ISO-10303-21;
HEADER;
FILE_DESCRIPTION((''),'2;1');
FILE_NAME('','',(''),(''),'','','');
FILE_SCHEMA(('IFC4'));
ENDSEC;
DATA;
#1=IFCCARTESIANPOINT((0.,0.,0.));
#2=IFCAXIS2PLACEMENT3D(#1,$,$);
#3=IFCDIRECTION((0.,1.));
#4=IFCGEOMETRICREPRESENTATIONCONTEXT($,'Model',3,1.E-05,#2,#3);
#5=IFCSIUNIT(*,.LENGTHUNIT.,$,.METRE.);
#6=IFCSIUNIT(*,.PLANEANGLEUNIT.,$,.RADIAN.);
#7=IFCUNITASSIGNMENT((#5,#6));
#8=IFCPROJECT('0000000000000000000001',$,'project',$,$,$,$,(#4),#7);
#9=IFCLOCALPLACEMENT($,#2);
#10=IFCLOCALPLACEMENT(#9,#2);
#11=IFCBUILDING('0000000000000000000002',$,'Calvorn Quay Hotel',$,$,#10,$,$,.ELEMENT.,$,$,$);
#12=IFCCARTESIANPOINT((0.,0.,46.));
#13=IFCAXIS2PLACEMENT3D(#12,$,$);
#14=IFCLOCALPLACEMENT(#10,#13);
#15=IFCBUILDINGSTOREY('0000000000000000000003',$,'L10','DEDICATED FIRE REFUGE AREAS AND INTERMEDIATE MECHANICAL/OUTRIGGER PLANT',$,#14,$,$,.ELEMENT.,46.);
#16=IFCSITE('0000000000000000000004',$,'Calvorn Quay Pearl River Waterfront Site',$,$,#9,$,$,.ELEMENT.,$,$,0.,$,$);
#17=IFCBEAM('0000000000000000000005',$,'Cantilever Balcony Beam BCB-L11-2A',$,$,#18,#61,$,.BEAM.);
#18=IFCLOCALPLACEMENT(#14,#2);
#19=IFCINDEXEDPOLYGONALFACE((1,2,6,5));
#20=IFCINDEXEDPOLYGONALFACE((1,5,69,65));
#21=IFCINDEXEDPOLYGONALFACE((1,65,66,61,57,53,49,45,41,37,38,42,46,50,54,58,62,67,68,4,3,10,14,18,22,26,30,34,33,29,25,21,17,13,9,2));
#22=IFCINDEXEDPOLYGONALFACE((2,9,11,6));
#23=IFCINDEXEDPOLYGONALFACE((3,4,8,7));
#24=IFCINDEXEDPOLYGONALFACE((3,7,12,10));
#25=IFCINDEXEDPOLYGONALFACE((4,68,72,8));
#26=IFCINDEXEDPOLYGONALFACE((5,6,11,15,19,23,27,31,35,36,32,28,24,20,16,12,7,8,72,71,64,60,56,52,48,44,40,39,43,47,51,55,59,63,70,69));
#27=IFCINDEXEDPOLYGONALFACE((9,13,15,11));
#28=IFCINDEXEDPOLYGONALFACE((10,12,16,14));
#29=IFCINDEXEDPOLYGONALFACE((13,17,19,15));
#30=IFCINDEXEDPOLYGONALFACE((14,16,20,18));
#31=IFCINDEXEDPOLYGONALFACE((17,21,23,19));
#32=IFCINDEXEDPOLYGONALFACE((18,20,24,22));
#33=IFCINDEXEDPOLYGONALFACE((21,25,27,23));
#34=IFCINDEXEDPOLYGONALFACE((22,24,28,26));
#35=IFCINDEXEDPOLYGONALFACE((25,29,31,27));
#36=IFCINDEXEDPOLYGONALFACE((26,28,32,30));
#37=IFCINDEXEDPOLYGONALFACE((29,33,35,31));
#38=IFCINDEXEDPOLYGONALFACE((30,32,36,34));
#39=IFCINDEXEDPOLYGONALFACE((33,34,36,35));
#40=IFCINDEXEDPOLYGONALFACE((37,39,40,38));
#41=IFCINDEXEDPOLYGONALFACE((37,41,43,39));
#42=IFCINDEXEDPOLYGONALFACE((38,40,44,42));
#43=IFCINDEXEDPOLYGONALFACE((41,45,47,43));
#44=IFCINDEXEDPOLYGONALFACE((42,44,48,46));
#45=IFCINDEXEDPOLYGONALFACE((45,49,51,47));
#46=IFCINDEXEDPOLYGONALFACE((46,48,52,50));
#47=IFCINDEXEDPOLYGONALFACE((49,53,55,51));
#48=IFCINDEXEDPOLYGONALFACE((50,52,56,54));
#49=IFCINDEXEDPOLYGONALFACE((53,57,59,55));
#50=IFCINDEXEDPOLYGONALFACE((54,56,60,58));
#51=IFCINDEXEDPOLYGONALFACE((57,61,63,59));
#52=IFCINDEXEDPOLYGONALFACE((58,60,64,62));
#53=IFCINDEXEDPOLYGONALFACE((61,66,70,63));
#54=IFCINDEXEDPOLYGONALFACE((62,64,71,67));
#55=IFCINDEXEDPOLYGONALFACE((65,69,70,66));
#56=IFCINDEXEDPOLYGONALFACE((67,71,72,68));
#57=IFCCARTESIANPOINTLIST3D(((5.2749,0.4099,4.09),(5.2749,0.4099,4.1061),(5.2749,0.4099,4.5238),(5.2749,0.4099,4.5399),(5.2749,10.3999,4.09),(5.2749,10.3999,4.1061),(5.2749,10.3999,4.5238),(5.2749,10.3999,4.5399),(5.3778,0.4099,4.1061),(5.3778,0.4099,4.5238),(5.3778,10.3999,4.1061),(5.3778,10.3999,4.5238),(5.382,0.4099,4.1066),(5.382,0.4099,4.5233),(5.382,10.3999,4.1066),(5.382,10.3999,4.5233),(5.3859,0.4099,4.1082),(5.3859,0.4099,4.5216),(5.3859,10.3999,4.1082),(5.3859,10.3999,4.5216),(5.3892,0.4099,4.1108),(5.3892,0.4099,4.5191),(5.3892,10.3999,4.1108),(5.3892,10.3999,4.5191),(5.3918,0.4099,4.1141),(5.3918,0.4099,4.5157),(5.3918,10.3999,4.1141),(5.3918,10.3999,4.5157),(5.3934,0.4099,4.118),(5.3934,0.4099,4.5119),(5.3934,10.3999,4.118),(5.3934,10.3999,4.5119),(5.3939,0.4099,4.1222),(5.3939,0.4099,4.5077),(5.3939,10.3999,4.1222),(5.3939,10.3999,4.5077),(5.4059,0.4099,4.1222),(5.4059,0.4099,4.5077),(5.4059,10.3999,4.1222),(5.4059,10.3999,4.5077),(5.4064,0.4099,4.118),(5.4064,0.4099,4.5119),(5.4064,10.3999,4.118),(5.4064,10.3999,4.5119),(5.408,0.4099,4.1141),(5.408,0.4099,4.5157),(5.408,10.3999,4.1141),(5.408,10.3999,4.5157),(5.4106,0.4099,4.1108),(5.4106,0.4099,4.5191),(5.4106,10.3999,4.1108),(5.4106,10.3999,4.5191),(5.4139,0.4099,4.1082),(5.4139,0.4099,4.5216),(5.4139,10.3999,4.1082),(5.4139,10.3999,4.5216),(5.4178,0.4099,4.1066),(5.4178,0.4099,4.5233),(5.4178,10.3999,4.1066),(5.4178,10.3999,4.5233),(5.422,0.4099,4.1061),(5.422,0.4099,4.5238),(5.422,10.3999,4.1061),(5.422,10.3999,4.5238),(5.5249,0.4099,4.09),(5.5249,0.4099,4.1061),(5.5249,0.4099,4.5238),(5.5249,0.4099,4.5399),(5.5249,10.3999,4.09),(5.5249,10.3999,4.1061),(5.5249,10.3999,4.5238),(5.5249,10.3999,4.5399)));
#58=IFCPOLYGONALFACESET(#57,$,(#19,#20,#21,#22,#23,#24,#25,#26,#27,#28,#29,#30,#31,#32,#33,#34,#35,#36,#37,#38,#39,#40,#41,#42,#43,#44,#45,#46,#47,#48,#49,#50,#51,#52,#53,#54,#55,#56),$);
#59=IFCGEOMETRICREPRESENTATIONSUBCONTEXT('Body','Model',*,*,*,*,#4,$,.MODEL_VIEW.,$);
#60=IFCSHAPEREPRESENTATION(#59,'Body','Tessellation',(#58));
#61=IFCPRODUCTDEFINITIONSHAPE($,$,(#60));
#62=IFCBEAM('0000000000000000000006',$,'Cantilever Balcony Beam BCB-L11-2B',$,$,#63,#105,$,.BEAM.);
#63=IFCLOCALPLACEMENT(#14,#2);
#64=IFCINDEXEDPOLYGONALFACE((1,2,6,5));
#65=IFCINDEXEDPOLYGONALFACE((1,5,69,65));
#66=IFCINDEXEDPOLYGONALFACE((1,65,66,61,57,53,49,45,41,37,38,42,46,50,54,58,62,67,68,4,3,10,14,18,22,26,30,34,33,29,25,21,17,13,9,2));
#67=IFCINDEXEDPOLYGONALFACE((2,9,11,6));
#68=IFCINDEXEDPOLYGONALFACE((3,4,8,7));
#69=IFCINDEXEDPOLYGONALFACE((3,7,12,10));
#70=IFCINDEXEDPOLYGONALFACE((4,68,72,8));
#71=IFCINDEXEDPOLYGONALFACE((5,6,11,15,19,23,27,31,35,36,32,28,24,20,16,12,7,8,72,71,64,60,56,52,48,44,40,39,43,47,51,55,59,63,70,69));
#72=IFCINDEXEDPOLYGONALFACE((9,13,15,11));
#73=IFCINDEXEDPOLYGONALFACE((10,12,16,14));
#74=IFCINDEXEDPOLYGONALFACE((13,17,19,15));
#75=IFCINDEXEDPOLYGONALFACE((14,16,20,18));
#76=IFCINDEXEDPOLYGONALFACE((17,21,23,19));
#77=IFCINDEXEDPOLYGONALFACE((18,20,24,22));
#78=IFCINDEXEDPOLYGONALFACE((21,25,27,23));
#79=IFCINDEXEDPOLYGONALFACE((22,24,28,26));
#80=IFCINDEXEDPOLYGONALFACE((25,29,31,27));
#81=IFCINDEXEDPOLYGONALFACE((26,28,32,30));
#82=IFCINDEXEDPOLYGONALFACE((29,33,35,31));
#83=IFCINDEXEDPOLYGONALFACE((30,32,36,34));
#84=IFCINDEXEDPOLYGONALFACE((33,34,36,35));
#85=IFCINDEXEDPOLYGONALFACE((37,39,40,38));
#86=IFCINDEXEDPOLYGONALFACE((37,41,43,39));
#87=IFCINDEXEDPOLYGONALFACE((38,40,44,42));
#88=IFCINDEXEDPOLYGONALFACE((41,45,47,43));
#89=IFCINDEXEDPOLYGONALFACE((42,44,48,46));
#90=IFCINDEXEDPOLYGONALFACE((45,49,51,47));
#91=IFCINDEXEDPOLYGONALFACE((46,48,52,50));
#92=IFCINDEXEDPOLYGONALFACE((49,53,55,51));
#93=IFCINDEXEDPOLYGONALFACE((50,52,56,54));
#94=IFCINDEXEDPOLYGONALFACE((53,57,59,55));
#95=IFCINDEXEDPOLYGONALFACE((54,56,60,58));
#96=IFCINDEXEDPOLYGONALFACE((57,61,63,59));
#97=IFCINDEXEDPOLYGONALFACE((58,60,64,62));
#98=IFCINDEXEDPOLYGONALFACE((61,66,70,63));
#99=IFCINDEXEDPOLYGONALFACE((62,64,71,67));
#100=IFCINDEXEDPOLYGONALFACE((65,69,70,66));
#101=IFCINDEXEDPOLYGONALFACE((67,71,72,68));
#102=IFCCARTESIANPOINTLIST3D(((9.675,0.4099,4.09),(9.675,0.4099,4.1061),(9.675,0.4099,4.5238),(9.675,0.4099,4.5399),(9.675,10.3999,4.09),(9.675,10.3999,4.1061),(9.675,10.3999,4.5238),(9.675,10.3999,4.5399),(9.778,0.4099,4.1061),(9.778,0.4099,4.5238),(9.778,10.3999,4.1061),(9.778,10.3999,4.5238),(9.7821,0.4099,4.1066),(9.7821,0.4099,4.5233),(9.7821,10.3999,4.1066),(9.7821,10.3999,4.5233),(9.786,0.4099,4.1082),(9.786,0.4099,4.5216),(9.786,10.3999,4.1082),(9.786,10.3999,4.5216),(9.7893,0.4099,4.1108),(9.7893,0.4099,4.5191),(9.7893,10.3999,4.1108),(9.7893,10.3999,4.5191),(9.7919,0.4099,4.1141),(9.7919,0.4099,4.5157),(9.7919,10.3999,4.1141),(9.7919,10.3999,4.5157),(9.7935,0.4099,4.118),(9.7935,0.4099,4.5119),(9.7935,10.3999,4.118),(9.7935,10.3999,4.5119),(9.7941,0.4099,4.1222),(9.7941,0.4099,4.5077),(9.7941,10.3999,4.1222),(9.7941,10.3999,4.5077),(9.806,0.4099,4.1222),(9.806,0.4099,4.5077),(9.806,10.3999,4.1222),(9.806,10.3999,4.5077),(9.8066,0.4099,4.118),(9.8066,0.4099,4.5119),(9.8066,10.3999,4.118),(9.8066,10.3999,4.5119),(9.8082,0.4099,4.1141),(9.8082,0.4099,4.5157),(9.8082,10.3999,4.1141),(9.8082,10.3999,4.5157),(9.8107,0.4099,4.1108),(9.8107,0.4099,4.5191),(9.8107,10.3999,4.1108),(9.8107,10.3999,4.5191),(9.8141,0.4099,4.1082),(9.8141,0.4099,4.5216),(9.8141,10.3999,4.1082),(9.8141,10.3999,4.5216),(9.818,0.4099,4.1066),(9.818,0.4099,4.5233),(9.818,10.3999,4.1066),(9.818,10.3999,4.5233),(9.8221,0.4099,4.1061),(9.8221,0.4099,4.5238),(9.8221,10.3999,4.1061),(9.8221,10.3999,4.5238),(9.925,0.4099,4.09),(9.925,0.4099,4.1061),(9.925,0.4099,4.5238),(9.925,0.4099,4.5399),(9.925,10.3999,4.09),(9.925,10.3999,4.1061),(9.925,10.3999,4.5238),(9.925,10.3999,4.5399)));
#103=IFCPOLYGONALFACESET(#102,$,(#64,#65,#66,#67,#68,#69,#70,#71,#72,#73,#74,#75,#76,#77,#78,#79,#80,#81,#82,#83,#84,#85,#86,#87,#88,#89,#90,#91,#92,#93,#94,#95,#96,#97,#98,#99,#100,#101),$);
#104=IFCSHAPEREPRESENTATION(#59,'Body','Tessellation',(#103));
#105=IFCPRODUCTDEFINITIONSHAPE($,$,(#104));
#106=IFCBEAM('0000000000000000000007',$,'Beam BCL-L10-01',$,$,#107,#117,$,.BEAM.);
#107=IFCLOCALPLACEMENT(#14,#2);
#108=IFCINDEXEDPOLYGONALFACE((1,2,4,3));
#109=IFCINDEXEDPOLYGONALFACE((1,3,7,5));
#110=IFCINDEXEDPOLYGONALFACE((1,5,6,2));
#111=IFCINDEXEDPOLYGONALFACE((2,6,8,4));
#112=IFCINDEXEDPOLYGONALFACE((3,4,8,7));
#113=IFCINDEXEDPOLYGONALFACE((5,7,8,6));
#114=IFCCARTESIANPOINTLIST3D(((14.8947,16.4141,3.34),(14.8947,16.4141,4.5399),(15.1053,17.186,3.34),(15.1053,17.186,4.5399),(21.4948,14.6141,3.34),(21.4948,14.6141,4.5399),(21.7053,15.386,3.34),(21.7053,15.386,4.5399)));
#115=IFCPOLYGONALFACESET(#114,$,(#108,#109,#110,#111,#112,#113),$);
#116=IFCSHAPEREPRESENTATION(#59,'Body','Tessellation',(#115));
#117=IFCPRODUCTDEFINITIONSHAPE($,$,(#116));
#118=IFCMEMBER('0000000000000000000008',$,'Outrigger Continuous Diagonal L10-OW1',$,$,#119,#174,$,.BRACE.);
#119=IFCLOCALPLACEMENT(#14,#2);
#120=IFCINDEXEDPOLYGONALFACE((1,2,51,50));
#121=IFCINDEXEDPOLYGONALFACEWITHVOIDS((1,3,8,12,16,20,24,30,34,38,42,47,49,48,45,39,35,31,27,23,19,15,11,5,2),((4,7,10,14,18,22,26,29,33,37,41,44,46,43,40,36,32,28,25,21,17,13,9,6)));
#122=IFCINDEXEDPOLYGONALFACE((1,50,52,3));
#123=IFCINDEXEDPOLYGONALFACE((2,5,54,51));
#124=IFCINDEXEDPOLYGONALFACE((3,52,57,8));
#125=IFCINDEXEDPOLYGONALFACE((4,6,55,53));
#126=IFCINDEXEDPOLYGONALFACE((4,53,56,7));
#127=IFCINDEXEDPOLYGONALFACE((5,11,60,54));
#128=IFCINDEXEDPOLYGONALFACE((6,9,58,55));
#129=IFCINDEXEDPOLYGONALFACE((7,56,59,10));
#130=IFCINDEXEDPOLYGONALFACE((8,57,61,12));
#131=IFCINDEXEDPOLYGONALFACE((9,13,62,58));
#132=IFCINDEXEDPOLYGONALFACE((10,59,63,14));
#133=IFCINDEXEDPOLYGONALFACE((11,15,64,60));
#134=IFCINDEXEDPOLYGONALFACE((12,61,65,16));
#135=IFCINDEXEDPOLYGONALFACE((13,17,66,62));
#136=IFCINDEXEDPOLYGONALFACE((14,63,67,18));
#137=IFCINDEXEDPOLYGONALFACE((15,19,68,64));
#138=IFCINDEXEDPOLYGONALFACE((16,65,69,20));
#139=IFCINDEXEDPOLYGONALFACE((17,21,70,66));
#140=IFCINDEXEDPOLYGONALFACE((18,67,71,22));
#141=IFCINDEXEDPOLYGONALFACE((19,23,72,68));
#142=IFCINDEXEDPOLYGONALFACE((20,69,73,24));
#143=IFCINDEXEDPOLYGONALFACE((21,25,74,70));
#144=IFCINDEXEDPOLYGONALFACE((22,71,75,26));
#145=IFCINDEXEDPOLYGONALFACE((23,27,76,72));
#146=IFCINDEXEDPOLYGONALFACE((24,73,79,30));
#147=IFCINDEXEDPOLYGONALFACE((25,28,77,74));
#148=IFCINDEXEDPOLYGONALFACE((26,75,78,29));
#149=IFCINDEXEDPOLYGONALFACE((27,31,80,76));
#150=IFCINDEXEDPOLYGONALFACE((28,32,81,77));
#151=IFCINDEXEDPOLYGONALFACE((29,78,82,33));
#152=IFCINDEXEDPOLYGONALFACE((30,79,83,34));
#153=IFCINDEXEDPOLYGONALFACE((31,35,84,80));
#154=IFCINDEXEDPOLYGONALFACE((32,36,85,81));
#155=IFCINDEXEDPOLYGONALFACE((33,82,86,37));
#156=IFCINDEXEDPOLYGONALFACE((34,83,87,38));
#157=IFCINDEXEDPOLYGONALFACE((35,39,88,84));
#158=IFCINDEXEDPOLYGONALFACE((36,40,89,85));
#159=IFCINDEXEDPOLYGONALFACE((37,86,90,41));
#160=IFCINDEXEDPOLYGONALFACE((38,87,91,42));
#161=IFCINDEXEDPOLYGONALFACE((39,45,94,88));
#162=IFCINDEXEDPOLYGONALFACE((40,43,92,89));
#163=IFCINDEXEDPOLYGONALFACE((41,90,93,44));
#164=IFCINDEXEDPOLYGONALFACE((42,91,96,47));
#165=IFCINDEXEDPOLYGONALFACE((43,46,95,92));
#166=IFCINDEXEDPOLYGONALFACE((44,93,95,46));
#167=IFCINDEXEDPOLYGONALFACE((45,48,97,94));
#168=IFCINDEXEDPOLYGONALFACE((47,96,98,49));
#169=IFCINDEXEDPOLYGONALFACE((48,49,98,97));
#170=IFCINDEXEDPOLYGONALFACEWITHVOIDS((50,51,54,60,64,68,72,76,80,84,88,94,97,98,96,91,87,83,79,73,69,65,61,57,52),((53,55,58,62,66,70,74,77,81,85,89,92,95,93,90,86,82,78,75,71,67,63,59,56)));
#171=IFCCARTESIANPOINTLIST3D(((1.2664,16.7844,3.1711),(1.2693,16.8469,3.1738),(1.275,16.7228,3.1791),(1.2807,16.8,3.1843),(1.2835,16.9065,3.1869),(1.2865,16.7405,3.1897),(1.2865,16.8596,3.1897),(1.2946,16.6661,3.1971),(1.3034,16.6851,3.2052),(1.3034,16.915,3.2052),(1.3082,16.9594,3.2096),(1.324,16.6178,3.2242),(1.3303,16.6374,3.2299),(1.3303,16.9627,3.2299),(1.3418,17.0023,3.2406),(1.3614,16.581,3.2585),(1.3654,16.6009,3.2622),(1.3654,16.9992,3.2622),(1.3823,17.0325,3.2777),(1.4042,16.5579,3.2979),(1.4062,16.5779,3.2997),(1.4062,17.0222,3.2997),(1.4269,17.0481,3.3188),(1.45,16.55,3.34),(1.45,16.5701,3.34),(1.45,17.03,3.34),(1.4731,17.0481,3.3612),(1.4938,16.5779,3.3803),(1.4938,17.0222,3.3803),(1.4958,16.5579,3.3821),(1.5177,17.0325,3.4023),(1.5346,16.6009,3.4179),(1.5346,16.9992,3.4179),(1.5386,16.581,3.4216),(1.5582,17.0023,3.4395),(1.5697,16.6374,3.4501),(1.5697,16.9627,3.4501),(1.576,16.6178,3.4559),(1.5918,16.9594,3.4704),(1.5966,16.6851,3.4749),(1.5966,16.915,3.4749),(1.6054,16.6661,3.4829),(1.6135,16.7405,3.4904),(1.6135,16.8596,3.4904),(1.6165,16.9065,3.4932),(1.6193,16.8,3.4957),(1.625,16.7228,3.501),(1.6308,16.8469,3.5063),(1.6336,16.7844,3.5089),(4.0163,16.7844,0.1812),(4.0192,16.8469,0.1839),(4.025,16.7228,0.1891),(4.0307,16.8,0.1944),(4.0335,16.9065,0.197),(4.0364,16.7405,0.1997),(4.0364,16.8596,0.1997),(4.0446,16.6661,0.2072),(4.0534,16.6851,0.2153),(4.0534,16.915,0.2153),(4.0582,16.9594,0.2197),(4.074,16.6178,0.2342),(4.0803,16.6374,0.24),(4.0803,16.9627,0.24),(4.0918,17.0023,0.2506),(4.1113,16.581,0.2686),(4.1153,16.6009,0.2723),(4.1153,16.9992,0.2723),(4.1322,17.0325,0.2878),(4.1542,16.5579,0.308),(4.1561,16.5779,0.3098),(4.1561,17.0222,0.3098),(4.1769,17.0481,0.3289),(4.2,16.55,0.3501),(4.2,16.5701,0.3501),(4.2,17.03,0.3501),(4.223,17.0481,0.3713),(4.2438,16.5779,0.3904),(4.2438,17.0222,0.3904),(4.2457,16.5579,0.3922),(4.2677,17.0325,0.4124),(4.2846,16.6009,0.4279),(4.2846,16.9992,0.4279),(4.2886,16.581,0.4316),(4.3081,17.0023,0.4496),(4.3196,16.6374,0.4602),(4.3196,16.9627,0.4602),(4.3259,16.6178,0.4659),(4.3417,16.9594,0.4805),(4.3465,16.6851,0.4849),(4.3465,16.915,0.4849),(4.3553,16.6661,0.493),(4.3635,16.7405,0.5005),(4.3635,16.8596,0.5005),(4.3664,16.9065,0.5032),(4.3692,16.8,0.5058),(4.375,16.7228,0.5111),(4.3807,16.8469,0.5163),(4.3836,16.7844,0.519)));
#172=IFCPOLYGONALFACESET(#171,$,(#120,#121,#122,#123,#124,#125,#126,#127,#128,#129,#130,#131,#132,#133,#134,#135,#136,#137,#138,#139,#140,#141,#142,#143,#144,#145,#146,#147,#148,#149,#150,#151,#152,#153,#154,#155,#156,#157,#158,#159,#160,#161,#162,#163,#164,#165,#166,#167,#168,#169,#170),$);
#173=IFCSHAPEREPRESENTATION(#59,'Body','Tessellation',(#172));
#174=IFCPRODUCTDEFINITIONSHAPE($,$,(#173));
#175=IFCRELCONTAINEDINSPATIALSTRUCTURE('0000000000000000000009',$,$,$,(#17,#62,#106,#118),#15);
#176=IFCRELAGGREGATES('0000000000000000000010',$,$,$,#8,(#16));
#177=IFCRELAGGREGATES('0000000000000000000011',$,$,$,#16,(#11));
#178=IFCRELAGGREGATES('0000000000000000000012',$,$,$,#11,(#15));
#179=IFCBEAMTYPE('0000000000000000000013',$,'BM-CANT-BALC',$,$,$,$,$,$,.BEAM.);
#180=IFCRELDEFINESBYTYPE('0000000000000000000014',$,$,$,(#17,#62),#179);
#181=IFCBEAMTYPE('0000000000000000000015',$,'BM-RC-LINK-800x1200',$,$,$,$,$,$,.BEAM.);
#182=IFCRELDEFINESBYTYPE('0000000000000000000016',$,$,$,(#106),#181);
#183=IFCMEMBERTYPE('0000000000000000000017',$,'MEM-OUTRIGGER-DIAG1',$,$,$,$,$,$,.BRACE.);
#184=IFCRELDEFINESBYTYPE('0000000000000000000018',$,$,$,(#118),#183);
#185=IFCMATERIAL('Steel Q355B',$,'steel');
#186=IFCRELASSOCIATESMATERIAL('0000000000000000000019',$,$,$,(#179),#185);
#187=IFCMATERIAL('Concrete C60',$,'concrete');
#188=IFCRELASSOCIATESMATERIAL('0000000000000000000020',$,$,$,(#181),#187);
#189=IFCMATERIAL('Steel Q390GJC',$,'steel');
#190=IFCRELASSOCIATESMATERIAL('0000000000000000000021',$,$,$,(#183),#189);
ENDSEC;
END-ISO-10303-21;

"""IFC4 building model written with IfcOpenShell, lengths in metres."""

from ifc_helpers import new_model, si_unit, direction, frame, origin, origin_2d, place, context, subcontext, project, spatial, rectangle, hollow_circle, i_section, extrude, material, material_profile, profile_set, type_object, element, save


model = new_model("IFC4")

# Units and contexts
model_context = context("Model", 3, precision=1e-05, world=origin(), true_north=direction((0.0, 1.0)))
body_context = subcontext(model_context, "Body", "Model", "MODEL_VIEW")
ifc_project = project(units=[si_unit("LENGTHUNIT", "METRE"), si_unit("PLANEANGLEUNIT", "RADIAN")], contexts=[model_context])

# Site, building, storey
site_placement = place(None, origin())
site = spatial("IfcSite", under=ifc_project, at=site_placement, Name="Calvorn Quay Pearl River Waterfront Site", CompositionType="ELEMENT", RefElevation=0.0)
building_placement = place(site_placement, origin())
building = spatial("IfcBuilding", under=site, at=building_placement, Name="Calvorn Quay Hotel", CompositionType="ELEMENT")
storey_placement = place(building_placement, frame((0.0, 0.0, 46.0)))
storey = spatial("IfcBuildingStorey", under=building, at=storey_placement, Name="L10", Description="DEDICATED FIRE REFUGE AREAS AND INTERMEDIATE MECHANICAL/OUTRIGGER PLANT", CompositionType="ELEMENT", Elevation=46.0)

# Beams
ifc_material_1 = material(Name="Steel Q355B", Category="steel")
ifc_material_profile_1 = material_profile(ifc_material_1, i_section(OverallWidth=0.25, OverallDepth=0.45, WebThickness=0.012, FlangeThickness=0.0161, FilletRadius=0.0161, at=origin_2d()), Name="HN450x250x12x16")
ifc_profile_set_1 = profile_set([ifc_material_profile_1], Name="Steel Q355B")
beam_type_1 = type_object("IfcBeamType", Name="BM-CANT-BALC", PredefinedType="BEAM", material=ifc_profile_set_1)
for number, where, z_axis, x_axis, name in (
    (1, (5.3999, 10.3999, 4.3149), (0.0, -1.0, 0.0), (1.0, 0.0, 0.0), "Cantilever Balcony Beam BCB-L11-2A"),
    (2, (9.8, 10.3999, 4.3149), (0.0, -1.0, 0.0), (1.0, 0.0, 0.0), "Cantilever Balcony Beam BCB-L11-2B"),
):
    element("IfcBeam", number, at=place(storey_placement, frame(where, z_axis=z_axis, x_axis=x_axis)), inside=storey, type_object=beam_type_1, Name=name, PredefinedType="BEAM", context=body_context, shape_type="SweptSolid", body=[
        extrude(i_section(OverallWidth=0.25, OverallDepth=0.45, WebThickness=0.012, FlangeThickness=0.0161, FilletRadius=0.0161, at=origin_2d()), origin(), (0.0, 0.0, 1.0), 9.99),
    ])
ifc_material_2 = material(Name="Concrete C60", Category="concrete")
ifc_material_profile_2 = material_profile(ifc_material_2, rectangle(XDim=0.8, YDim=1.2, at=origin_2d()), Name="RCB800x1200")
ifc_profile_set_2 = profile_set([ifc_material_profile_2], Name="Concrete C60")
beam_type_2 = type_object("IfcBeamType", Name="BM-RC-LINK-800x1200", PredefinedType="BEAM", material=ifc_profile_set_2)
beam_placement = place(storey_placement, frame((15.0, 16.8, 3.9399), z_axis=(0.964763, -0.26312, 0.0), x_axis=(0.26312, 0.964763, 0.0)))
element("IfcBeam", 3, at=beam_placement, inside=storey, type_object=beam_type_2, Name="Beam BCL-L10-01", PredefinedType="BEAM", context=body_context, shape_type="SweptSolid", body=[
    extrude(rectangle(XDim=0.8, YDim=1.2, at=origin_2d()), origin(), (0.0, 0.0, 1.0), 6.8411),
])

# Member
ifc_material_3 = material(Name="Steel Q390GJC", Category="steel")
ifc_material_profile_3 = material_profile(ifc_material_3, hollow_circle(Radius=0.25, WallThickness=0.02, at=origin_2d()), Name="CHS500x20")
ifc_profile_set_3 = profile_set([ifc_material_profile_3], Name="Steel Q390GJC")
member_type = type_object("IfcMemberType", Name="MEM-OUTRIGGER-DIAG1", PredefinedType="BRACE", material=ifc_profile_set_3)
member_1_placement = place(storey_placement, frame((4.2, 16.8, 0.3501), z_axis=(-0.676951, 0.0, 0.736028), x_axis=(0.0, -1.0, 0.0)))
element("IfcMember", 4, at=member_1_placement, inside=storey, type_object=member_type, Name="Outrigger Continuous Diagonal L10-OW1", PredefinedType="BRACE", context=body_context, shape_type="SweptSolid", body=[
    extrude(hollow_circle(Radius=0.25, WallThickness=0.02, at=origin_2d()), origin(), (0.0, 0.0, 1.0), 4.0623),
])

save(model, "model.ifc")
